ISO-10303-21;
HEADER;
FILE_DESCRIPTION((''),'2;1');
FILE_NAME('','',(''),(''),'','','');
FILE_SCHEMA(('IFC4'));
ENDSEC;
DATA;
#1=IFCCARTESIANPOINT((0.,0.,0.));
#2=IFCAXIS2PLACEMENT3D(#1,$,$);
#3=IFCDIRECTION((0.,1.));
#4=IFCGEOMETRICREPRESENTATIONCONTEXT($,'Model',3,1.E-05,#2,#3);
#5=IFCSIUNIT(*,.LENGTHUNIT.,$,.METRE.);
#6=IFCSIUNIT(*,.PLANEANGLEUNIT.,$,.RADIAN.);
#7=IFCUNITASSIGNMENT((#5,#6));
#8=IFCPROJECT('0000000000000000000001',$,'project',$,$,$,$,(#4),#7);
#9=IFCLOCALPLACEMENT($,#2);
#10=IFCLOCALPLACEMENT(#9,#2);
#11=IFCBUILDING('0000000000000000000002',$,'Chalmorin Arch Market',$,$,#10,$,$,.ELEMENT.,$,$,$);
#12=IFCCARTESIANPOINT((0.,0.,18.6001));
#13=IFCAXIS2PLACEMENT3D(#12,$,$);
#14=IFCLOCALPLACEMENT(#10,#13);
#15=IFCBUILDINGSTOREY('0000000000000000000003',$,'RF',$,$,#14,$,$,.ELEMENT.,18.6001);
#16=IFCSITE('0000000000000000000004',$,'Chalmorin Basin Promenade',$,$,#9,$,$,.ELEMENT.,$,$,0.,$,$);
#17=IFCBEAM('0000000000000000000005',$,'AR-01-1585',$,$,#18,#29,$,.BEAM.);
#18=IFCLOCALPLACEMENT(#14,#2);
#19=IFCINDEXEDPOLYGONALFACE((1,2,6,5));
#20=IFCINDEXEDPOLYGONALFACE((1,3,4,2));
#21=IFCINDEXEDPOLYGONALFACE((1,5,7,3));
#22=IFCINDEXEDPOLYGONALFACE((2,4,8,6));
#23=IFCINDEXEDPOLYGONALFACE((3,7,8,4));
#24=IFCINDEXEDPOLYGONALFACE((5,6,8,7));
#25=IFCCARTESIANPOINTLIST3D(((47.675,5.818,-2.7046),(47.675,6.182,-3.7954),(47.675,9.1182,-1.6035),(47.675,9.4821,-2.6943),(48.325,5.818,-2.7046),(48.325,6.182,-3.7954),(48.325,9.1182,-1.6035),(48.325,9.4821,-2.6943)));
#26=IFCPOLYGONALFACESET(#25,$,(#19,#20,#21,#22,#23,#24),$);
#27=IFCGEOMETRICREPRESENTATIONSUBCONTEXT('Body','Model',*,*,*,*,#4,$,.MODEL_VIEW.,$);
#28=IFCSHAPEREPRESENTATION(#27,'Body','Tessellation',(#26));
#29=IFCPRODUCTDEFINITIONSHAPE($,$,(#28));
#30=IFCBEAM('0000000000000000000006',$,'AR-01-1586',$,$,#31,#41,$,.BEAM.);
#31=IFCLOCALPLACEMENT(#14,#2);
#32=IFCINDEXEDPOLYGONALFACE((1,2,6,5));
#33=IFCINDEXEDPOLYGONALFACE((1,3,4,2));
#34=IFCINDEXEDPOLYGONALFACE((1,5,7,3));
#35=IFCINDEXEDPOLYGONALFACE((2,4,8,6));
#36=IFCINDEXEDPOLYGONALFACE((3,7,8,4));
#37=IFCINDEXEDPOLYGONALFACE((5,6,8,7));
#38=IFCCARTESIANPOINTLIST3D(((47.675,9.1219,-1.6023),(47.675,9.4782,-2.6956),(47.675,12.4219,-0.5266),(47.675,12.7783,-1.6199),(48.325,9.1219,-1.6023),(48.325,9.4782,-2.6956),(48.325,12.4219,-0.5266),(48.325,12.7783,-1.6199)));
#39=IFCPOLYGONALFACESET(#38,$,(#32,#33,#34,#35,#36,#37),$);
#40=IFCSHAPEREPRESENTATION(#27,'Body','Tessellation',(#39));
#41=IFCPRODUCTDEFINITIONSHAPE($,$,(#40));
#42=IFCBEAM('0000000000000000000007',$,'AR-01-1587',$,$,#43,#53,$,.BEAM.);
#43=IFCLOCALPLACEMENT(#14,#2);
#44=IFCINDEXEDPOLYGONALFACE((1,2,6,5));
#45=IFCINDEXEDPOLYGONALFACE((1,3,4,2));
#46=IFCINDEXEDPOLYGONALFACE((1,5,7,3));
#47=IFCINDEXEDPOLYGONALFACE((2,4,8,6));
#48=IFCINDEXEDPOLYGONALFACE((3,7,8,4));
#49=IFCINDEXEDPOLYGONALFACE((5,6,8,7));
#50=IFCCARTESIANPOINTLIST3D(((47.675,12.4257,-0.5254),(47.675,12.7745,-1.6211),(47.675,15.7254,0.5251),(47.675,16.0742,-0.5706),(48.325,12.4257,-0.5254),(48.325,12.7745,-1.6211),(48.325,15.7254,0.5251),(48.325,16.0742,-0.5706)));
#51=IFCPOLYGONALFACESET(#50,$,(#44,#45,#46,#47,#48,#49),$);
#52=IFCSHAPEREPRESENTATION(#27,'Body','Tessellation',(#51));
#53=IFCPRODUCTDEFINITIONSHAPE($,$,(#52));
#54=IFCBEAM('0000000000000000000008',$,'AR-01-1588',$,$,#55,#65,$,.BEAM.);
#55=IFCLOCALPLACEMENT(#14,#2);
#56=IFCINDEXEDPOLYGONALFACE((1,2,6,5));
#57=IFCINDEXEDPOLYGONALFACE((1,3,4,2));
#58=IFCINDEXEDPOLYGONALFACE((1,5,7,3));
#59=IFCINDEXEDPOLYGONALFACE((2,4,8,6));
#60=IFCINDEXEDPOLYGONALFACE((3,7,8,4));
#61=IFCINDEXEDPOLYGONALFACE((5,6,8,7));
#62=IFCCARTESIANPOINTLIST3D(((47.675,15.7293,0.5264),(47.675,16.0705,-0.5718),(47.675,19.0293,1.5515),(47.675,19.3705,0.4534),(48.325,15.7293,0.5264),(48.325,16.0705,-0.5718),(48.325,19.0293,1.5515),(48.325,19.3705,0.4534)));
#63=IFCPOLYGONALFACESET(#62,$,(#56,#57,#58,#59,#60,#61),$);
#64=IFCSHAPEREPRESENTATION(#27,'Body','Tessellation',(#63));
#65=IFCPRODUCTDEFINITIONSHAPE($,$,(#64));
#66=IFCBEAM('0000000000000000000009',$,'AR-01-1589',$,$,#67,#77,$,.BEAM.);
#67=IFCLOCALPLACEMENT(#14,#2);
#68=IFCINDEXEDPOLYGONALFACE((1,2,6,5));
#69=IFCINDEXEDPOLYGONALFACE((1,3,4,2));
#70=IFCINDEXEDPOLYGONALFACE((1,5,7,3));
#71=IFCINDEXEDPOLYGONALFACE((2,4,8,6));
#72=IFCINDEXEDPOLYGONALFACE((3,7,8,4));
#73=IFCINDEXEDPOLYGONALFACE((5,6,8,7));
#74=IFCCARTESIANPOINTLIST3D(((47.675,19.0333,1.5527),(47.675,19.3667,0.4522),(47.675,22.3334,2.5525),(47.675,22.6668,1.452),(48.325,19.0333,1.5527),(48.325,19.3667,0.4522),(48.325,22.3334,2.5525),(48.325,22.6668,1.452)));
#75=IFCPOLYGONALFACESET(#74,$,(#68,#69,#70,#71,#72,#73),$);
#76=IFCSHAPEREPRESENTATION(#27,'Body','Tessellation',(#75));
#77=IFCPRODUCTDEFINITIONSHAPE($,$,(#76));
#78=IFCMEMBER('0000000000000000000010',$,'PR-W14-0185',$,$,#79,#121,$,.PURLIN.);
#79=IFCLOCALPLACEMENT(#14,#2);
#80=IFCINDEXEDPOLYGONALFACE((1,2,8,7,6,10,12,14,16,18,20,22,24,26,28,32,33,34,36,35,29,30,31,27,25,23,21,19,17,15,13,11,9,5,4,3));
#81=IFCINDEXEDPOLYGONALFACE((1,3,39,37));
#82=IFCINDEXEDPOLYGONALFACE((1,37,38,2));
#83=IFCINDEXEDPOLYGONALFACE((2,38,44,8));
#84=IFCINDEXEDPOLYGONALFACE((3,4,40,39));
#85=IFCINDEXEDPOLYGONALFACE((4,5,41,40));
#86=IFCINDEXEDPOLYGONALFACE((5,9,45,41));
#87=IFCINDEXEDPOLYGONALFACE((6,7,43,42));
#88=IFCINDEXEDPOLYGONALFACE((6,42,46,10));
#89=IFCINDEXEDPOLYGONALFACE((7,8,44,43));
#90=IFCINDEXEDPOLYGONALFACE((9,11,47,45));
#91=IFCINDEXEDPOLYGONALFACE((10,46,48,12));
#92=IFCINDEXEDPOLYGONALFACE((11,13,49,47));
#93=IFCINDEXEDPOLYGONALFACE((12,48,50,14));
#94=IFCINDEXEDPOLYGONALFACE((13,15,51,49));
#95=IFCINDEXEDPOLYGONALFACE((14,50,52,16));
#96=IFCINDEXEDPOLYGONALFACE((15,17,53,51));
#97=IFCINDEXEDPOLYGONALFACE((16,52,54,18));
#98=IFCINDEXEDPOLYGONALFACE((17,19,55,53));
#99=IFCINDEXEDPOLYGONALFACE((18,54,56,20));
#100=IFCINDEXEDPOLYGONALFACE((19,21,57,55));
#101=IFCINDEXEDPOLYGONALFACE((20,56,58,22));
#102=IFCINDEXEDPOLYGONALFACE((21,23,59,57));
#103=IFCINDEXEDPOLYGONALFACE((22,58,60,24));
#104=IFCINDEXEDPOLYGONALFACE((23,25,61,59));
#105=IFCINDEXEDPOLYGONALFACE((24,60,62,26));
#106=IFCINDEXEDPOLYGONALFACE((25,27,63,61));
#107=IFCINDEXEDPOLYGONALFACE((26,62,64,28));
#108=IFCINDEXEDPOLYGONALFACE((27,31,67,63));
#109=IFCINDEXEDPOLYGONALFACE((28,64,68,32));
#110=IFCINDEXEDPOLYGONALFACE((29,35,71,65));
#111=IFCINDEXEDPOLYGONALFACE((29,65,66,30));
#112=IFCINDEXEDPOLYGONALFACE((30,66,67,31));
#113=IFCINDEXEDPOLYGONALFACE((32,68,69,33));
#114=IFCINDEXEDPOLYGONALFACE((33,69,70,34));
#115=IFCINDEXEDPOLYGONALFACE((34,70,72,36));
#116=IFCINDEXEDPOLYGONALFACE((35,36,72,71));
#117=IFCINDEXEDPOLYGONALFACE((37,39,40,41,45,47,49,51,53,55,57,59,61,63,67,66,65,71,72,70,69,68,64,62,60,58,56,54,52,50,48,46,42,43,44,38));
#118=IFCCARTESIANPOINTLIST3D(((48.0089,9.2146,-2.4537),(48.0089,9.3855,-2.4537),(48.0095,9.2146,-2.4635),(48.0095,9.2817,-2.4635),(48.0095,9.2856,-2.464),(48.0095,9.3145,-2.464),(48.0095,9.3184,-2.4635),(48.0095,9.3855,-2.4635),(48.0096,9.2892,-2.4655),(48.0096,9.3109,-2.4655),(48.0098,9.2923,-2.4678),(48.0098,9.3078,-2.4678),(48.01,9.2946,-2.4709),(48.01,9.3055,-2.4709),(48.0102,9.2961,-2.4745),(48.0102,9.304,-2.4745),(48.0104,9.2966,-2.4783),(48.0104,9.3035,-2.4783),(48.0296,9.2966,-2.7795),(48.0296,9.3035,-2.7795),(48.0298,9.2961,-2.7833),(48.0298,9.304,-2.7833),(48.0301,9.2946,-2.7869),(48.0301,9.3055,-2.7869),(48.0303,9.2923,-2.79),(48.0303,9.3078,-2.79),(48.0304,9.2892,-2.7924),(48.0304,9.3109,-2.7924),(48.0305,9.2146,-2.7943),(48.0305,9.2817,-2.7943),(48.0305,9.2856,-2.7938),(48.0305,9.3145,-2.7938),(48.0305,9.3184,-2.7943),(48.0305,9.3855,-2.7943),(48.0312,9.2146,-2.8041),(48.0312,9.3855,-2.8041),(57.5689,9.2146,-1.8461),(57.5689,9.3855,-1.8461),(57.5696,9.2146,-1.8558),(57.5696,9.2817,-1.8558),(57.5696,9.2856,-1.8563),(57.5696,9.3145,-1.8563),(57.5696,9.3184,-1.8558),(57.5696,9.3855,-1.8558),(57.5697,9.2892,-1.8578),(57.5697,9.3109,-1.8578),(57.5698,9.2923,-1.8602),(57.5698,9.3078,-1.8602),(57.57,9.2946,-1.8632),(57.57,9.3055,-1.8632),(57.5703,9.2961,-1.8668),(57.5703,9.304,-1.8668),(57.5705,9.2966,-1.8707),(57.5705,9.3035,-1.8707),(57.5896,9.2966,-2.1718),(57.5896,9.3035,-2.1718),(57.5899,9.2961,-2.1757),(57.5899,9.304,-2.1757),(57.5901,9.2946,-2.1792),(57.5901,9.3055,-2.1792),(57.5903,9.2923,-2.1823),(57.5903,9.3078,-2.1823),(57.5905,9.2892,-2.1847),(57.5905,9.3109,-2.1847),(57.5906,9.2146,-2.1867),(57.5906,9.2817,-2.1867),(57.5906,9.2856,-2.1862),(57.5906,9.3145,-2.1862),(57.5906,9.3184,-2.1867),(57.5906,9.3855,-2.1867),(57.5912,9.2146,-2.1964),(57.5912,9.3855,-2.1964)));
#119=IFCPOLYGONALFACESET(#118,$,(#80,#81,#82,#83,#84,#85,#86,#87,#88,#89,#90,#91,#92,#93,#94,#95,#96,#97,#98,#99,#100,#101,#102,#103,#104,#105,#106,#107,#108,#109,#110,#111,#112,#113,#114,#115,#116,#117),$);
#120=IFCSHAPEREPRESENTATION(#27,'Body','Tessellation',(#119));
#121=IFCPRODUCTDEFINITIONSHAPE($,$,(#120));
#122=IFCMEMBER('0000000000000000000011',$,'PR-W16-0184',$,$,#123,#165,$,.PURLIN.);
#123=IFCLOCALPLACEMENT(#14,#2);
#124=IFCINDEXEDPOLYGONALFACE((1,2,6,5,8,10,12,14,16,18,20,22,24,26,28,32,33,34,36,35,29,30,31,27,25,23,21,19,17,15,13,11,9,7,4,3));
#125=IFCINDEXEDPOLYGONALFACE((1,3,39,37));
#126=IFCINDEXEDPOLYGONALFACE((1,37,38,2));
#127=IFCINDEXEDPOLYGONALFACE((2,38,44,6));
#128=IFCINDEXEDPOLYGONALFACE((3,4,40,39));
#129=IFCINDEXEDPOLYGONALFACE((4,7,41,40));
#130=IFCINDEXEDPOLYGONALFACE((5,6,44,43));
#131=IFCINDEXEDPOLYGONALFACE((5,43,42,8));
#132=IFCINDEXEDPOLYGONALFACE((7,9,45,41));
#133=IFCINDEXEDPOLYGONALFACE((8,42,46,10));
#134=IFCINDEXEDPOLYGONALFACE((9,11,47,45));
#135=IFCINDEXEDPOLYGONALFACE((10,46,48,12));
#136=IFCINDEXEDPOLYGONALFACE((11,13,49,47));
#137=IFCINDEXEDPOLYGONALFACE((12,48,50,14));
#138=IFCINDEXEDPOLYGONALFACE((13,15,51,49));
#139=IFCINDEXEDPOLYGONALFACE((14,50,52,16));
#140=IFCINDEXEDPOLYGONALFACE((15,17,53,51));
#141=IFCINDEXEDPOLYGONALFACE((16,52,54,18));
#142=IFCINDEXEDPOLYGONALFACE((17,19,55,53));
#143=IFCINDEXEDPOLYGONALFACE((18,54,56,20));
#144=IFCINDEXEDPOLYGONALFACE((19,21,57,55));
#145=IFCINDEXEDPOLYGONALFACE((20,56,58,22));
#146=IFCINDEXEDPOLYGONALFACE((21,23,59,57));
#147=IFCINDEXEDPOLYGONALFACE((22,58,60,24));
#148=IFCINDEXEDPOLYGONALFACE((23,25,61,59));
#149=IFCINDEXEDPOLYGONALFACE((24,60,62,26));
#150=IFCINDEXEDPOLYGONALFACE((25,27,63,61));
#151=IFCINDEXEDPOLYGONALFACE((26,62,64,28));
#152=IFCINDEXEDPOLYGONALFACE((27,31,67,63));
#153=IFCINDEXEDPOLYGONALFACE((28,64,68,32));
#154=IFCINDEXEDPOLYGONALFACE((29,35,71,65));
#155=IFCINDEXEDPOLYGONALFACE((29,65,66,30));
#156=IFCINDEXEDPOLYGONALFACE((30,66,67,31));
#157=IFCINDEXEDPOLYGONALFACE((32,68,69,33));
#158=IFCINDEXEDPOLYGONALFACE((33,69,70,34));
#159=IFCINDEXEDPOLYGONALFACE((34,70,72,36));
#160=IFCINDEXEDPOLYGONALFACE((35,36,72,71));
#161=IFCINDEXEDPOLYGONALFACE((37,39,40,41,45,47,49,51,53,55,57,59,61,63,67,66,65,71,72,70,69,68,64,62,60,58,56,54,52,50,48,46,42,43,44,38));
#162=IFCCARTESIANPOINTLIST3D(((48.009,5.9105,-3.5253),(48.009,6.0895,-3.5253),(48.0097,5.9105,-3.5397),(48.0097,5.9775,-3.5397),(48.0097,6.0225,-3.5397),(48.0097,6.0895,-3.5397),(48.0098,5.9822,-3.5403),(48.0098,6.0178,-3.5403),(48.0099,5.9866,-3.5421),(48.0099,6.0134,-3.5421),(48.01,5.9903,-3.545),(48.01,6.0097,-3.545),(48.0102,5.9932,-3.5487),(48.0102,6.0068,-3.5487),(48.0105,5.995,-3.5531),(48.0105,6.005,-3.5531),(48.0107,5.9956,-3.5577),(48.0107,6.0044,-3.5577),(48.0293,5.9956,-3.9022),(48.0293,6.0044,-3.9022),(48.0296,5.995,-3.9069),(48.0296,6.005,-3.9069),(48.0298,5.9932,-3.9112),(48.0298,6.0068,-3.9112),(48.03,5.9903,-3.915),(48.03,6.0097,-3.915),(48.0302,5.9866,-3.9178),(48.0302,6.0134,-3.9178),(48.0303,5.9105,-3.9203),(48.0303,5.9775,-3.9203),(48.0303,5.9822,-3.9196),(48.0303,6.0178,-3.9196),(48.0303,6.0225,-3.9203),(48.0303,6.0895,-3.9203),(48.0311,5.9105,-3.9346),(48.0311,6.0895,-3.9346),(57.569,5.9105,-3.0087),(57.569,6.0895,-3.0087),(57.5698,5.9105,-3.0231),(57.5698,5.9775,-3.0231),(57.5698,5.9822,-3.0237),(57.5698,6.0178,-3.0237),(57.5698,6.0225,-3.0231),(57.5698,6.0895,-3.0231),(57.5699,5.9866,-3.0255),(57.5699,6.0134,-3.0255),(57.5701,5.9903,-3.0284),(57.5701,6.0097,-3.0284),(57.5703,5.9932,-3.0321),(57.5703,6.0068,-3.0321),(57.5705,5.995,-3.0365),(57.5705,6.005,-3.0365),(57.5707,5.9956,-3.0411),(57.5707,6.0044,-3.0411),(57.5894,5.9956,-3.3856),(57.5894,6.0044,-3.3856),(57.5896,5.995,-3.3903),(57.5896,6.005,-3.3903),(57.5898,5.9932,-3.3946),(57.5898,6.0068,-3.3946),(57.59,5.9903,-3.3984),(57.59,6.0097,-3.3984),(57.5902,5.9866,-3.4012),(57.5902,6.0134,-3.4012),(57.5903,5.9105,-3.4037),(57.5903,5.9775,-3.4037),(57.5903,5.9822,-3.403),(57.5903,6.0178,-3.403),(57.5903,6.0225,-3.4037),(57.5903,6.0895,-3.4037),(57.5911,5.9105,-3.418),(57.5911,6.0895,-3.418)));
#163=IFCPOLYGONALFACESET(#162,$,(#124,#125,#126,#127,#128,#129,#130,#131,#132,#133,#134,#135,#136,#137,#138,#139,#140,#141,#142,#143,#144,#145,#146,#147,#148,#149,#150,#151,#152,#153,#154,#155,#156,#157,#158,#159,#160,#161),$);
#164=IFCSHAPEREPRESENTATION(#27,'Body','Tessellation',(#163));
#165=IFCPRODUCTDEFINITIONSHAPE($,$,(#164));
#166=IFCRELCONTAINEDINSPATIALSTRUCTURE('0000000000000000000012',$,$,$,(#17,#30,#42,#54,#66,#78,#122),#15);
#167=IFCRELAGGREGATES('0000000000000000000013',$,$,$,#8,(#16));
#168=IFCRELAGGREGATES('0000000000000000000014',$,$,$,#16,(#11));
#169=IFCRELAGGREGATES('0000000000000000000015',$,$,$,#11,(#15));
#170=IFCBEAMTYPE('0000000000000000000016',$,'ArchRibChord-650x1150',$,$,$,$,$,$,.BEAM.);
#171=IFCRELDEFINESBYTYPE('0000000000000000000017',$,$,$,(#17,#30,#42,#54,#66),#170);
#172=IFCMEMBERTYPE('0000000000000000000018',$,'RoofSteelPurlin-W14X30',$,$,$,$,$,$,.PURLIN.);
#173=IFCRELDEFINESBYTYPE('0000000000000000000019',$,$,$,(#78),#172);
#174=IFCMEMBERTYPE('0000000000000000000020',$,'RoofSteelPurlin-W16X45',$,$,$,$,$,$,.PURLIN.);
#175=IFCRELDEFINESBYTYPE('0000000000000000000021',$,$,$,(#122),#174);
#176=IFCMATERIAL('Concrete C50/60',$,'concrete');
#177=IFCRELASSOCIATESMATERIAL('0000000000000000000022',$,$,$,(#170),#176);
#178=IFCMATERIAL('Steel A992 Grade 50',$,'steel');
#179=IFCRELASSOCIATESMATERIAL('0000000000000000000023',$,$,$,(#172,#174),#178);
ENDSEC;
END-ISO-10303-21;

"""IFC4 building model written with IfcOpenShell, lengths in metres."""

from ifc_helpers import new_model, si_unit, direction, frame, origin, origin_2d, place, context, subcontext, project, spatial, rectangle, i_section, extrude, material, material_profile, profile_set, type_object, element, save


model = new_model("IFC4")

# Units and contexts
model_context = context("Model", 3, precision=1e-05, world=origin(), true_north=direction((0.0, 1.0)))
body_context = subcontext(model_context, "Body", "Model", "MODEL_VIEW")
ifc_project = project(units=[si_unit("LENGTHUNIT", "METRE"), si_unit("PLANEANGLEUNIT", "RADIAN")], contexts=[model_context])

# Site, building, storey
site_placement = place(None, origin())
site = spatial("IfcSite", under=ifc_project, at=site_placement, Name="Chalmorin Basin Promenade", CompositionType="ELEMENT", RefElevation=0.0)
building_placement = place(site_placement, origin())
building = spatial("IfcBuilding", under=site, at=building_placement, Name="Chalmorin Arch Market", CompositionType="ELEMENT")
storey_placement = place(building_placement, frame((0.0, 0.0, 18.6001)))
storey = spatial("IfcBuildingStorey", under=building, at=storey_placement, Name="RF", CompositionType="ELEMENT", Elevation=18.6001)

# Beams
ifc_material_1 = material(Name="Concrete C50/60", Category="concrete")
ifc_material_profile_1 = material_profile(ifc_material_1, rectangle(XDim=0.6499, YDim=1.1499, at=origin_2d()), Name="RC650X1150")
ifc_profile_set_1 = profile_set([ifc_material_profile_1], Name="Concrete C50/60")
beam_type = type_object("IfcBeamType", Name="ArchRibChord-650x1150", PredefinedType="BEAM", material=ifc_profile_set_1)
beam_1_placement = place(storey_placement, frame((48.0, 6.0, -3.25), z_axis=(0.0, 0.948592, 0.316501), x_axis=(-1.0, 0.0, 0.0)))
element("IfcBeam", 1, at=beam_1_placement, inside=storey, type_object=beam_type, Name="AR-01-1585", PredefinedType="BEAM", context=body_context, shape_type="SweptSolid", body=[
    extrude(rectangle(XDim=0.6499, YDim=1.1499, at=origin_2d()), origin(), (0.0, 0.0, 1.0), 3.479),
])
beam_2_placement = place(storey_placement, frame((48.0, 9.3, -2.1489), z_axis=(0.0, 0.950765, 0.309911), x_axis=(-1.0, 0.0, 0.0)))
element("IfcBeam", 2, at=beam_2_placement, inside=storey, type_object=beam_type, Name="AR-01-1586", PredefinedType="BEAM", context=body_context, shape_type="SweptSolid", body=[
    extrude(rectangle(XDim=0.6499, YDim=1.1499, at=origin_2d()), origin(), (0.0, 0.0, 1.0), 3.4709),
])
beam_3_placement = place(storey_placement, frame((48.0, 12.6001, -1.0732), z_axis=(0.0, 0.952876, 0.303361), x_axis=(-1.0, 0.0, 0.0)))
element("IfcBeam", 3, at=beam_3_placement, inside=storey, type_object=beam_type, Name="AR-01-1587", PredefinedType="BEAM", context=body_context, shape_type="SweptSolid", body=[
    extrude(rectangle(XDim=0.6499, YDim=1.1499, at=origin_2d()), origin(), (0.0, 0.0, 1.0), 3.4629),
])
beam_4_placement = place(storey_placement, frame((48.0, 15.8999, -0.0227), z_axis=(0.0, 0.954983, 0.296661), x_axis=(-1.0, 0.0, 0.0)))
element("IfcBeam", 4, at=beam_4_placement, inside=storey, type_object=beam_type, Name="AR-01-1588", PredefinedType="BEAM", context=body_context, shape_type="SweptSolid", body=[
    extrude(rectangle(XDim=0.6499, YDim=1.1499, at=origin_2d()), origin(), (0.0, 0.0, 1.0), 3.4556),
])
beam_5_placement = place(storey_placement, frame((48.0, 19.2, 1.0024), z_axis=(0.0, 0.957045, 0.289939), x_axis=(-1.0, 0.0, 0.0)))
element("IfcBeam", 5, at=beam_5_placement, inside=storey, type_object=beam_type, Name="AR-01-1589", PredefinedType="BEAM", context=body_context, shape_type="SweptSolid", body=[
    extrude(rectangle(XDim=0.6499, YDim=1.1499, at=origin_2d()), origin(), (0.0, 0.0, 1.0), 3.4482),
])

# Members
ifc_material_2 = material(Name="Steel A992 Grade 50", Category="steel")
ifc_material_profile_2 = material_profile(ifc_material_2, i_section(OverallWidth=0.1709, OverallDepth=0.3511, WebThickness=0.0068, FlangeThickness=0.0098, FilletRadius=0.0149, at=origin_2d()), Name="W14X30")
ifc_profile_set_2 = profile_set([ifc_material_profile_2], Name="Steel A992 Grade 50")
member_type_1 = type_object("IfcMemberType", Name="RoofSteelPurlin-W14X30", PredefinedType="PURLIN", material=ifc_profile_set_2)
member_1_placement = place(storey_placement, frame((48.02, 9.3, -2.6289), z_axis=(0.997986, 0.0, 0.063435), x_axis=(0.0, 1.0, 0.0)))
element("IfcMember", 6, at=member_1_placement, inside=storey, type_object=member_type_1, Name="PR-W14-0185", PredefinedType="PURLIN", context=body_context, shape_type="SweptSolid", body=[
    extrude(i_section(OverallWidth=0.1709, OverallDepth=0.3511, WebThickness=0.0068, FlangeThickness=0.0098, FilletRadius=0.0149, at=origin_2d()), origin(), (0.0, 0.0, 1.0), 9.5793),
])
ifc_material_profile_3 = material_profile(ifc_material_2, i_section(OverallWidth=0.179, OverallDepth=0.4099, WebThickness=0.0088, FlangeThickness=0.0144, FilletRadius=0.0181, at=origin_2d()), Name="W16X45")
ifc_profile_set_3 = profile_set([ifc_material_profile_3], Name="Steel A992 Grade 50")
member_type_2 = type_object("IfcMemberType", Name="RoofSteelPurlin-W16X45", PredefinedType="PURLIN", material=ifc_profile_set_3)
member_2_placement = place(storey_placement, frame((48.02, 6.0, -3.73), z_axis=(0.998543, 0.0, 0.053959), x_axis=(0.0, 1.0, 0.0)))
element("IfcMember", 7, at=member_2_placement, inside=storey, type_object=member_type_2, Name="PR-W16-0184", PredefinedType="PURLIN", context=body_context, shape_type="SweptSolid", body=[
    extrude(i_section(OverallWidth=0.179, OverallDepth=0.4099, WebThickness=0.0088, FlangeThickness=0.0144, FilletRadius=0.0181, at=origin_2d()), origin(), (0.0, 0.0, 1.0), 9.574),
])

save(model, "model.ifc")
